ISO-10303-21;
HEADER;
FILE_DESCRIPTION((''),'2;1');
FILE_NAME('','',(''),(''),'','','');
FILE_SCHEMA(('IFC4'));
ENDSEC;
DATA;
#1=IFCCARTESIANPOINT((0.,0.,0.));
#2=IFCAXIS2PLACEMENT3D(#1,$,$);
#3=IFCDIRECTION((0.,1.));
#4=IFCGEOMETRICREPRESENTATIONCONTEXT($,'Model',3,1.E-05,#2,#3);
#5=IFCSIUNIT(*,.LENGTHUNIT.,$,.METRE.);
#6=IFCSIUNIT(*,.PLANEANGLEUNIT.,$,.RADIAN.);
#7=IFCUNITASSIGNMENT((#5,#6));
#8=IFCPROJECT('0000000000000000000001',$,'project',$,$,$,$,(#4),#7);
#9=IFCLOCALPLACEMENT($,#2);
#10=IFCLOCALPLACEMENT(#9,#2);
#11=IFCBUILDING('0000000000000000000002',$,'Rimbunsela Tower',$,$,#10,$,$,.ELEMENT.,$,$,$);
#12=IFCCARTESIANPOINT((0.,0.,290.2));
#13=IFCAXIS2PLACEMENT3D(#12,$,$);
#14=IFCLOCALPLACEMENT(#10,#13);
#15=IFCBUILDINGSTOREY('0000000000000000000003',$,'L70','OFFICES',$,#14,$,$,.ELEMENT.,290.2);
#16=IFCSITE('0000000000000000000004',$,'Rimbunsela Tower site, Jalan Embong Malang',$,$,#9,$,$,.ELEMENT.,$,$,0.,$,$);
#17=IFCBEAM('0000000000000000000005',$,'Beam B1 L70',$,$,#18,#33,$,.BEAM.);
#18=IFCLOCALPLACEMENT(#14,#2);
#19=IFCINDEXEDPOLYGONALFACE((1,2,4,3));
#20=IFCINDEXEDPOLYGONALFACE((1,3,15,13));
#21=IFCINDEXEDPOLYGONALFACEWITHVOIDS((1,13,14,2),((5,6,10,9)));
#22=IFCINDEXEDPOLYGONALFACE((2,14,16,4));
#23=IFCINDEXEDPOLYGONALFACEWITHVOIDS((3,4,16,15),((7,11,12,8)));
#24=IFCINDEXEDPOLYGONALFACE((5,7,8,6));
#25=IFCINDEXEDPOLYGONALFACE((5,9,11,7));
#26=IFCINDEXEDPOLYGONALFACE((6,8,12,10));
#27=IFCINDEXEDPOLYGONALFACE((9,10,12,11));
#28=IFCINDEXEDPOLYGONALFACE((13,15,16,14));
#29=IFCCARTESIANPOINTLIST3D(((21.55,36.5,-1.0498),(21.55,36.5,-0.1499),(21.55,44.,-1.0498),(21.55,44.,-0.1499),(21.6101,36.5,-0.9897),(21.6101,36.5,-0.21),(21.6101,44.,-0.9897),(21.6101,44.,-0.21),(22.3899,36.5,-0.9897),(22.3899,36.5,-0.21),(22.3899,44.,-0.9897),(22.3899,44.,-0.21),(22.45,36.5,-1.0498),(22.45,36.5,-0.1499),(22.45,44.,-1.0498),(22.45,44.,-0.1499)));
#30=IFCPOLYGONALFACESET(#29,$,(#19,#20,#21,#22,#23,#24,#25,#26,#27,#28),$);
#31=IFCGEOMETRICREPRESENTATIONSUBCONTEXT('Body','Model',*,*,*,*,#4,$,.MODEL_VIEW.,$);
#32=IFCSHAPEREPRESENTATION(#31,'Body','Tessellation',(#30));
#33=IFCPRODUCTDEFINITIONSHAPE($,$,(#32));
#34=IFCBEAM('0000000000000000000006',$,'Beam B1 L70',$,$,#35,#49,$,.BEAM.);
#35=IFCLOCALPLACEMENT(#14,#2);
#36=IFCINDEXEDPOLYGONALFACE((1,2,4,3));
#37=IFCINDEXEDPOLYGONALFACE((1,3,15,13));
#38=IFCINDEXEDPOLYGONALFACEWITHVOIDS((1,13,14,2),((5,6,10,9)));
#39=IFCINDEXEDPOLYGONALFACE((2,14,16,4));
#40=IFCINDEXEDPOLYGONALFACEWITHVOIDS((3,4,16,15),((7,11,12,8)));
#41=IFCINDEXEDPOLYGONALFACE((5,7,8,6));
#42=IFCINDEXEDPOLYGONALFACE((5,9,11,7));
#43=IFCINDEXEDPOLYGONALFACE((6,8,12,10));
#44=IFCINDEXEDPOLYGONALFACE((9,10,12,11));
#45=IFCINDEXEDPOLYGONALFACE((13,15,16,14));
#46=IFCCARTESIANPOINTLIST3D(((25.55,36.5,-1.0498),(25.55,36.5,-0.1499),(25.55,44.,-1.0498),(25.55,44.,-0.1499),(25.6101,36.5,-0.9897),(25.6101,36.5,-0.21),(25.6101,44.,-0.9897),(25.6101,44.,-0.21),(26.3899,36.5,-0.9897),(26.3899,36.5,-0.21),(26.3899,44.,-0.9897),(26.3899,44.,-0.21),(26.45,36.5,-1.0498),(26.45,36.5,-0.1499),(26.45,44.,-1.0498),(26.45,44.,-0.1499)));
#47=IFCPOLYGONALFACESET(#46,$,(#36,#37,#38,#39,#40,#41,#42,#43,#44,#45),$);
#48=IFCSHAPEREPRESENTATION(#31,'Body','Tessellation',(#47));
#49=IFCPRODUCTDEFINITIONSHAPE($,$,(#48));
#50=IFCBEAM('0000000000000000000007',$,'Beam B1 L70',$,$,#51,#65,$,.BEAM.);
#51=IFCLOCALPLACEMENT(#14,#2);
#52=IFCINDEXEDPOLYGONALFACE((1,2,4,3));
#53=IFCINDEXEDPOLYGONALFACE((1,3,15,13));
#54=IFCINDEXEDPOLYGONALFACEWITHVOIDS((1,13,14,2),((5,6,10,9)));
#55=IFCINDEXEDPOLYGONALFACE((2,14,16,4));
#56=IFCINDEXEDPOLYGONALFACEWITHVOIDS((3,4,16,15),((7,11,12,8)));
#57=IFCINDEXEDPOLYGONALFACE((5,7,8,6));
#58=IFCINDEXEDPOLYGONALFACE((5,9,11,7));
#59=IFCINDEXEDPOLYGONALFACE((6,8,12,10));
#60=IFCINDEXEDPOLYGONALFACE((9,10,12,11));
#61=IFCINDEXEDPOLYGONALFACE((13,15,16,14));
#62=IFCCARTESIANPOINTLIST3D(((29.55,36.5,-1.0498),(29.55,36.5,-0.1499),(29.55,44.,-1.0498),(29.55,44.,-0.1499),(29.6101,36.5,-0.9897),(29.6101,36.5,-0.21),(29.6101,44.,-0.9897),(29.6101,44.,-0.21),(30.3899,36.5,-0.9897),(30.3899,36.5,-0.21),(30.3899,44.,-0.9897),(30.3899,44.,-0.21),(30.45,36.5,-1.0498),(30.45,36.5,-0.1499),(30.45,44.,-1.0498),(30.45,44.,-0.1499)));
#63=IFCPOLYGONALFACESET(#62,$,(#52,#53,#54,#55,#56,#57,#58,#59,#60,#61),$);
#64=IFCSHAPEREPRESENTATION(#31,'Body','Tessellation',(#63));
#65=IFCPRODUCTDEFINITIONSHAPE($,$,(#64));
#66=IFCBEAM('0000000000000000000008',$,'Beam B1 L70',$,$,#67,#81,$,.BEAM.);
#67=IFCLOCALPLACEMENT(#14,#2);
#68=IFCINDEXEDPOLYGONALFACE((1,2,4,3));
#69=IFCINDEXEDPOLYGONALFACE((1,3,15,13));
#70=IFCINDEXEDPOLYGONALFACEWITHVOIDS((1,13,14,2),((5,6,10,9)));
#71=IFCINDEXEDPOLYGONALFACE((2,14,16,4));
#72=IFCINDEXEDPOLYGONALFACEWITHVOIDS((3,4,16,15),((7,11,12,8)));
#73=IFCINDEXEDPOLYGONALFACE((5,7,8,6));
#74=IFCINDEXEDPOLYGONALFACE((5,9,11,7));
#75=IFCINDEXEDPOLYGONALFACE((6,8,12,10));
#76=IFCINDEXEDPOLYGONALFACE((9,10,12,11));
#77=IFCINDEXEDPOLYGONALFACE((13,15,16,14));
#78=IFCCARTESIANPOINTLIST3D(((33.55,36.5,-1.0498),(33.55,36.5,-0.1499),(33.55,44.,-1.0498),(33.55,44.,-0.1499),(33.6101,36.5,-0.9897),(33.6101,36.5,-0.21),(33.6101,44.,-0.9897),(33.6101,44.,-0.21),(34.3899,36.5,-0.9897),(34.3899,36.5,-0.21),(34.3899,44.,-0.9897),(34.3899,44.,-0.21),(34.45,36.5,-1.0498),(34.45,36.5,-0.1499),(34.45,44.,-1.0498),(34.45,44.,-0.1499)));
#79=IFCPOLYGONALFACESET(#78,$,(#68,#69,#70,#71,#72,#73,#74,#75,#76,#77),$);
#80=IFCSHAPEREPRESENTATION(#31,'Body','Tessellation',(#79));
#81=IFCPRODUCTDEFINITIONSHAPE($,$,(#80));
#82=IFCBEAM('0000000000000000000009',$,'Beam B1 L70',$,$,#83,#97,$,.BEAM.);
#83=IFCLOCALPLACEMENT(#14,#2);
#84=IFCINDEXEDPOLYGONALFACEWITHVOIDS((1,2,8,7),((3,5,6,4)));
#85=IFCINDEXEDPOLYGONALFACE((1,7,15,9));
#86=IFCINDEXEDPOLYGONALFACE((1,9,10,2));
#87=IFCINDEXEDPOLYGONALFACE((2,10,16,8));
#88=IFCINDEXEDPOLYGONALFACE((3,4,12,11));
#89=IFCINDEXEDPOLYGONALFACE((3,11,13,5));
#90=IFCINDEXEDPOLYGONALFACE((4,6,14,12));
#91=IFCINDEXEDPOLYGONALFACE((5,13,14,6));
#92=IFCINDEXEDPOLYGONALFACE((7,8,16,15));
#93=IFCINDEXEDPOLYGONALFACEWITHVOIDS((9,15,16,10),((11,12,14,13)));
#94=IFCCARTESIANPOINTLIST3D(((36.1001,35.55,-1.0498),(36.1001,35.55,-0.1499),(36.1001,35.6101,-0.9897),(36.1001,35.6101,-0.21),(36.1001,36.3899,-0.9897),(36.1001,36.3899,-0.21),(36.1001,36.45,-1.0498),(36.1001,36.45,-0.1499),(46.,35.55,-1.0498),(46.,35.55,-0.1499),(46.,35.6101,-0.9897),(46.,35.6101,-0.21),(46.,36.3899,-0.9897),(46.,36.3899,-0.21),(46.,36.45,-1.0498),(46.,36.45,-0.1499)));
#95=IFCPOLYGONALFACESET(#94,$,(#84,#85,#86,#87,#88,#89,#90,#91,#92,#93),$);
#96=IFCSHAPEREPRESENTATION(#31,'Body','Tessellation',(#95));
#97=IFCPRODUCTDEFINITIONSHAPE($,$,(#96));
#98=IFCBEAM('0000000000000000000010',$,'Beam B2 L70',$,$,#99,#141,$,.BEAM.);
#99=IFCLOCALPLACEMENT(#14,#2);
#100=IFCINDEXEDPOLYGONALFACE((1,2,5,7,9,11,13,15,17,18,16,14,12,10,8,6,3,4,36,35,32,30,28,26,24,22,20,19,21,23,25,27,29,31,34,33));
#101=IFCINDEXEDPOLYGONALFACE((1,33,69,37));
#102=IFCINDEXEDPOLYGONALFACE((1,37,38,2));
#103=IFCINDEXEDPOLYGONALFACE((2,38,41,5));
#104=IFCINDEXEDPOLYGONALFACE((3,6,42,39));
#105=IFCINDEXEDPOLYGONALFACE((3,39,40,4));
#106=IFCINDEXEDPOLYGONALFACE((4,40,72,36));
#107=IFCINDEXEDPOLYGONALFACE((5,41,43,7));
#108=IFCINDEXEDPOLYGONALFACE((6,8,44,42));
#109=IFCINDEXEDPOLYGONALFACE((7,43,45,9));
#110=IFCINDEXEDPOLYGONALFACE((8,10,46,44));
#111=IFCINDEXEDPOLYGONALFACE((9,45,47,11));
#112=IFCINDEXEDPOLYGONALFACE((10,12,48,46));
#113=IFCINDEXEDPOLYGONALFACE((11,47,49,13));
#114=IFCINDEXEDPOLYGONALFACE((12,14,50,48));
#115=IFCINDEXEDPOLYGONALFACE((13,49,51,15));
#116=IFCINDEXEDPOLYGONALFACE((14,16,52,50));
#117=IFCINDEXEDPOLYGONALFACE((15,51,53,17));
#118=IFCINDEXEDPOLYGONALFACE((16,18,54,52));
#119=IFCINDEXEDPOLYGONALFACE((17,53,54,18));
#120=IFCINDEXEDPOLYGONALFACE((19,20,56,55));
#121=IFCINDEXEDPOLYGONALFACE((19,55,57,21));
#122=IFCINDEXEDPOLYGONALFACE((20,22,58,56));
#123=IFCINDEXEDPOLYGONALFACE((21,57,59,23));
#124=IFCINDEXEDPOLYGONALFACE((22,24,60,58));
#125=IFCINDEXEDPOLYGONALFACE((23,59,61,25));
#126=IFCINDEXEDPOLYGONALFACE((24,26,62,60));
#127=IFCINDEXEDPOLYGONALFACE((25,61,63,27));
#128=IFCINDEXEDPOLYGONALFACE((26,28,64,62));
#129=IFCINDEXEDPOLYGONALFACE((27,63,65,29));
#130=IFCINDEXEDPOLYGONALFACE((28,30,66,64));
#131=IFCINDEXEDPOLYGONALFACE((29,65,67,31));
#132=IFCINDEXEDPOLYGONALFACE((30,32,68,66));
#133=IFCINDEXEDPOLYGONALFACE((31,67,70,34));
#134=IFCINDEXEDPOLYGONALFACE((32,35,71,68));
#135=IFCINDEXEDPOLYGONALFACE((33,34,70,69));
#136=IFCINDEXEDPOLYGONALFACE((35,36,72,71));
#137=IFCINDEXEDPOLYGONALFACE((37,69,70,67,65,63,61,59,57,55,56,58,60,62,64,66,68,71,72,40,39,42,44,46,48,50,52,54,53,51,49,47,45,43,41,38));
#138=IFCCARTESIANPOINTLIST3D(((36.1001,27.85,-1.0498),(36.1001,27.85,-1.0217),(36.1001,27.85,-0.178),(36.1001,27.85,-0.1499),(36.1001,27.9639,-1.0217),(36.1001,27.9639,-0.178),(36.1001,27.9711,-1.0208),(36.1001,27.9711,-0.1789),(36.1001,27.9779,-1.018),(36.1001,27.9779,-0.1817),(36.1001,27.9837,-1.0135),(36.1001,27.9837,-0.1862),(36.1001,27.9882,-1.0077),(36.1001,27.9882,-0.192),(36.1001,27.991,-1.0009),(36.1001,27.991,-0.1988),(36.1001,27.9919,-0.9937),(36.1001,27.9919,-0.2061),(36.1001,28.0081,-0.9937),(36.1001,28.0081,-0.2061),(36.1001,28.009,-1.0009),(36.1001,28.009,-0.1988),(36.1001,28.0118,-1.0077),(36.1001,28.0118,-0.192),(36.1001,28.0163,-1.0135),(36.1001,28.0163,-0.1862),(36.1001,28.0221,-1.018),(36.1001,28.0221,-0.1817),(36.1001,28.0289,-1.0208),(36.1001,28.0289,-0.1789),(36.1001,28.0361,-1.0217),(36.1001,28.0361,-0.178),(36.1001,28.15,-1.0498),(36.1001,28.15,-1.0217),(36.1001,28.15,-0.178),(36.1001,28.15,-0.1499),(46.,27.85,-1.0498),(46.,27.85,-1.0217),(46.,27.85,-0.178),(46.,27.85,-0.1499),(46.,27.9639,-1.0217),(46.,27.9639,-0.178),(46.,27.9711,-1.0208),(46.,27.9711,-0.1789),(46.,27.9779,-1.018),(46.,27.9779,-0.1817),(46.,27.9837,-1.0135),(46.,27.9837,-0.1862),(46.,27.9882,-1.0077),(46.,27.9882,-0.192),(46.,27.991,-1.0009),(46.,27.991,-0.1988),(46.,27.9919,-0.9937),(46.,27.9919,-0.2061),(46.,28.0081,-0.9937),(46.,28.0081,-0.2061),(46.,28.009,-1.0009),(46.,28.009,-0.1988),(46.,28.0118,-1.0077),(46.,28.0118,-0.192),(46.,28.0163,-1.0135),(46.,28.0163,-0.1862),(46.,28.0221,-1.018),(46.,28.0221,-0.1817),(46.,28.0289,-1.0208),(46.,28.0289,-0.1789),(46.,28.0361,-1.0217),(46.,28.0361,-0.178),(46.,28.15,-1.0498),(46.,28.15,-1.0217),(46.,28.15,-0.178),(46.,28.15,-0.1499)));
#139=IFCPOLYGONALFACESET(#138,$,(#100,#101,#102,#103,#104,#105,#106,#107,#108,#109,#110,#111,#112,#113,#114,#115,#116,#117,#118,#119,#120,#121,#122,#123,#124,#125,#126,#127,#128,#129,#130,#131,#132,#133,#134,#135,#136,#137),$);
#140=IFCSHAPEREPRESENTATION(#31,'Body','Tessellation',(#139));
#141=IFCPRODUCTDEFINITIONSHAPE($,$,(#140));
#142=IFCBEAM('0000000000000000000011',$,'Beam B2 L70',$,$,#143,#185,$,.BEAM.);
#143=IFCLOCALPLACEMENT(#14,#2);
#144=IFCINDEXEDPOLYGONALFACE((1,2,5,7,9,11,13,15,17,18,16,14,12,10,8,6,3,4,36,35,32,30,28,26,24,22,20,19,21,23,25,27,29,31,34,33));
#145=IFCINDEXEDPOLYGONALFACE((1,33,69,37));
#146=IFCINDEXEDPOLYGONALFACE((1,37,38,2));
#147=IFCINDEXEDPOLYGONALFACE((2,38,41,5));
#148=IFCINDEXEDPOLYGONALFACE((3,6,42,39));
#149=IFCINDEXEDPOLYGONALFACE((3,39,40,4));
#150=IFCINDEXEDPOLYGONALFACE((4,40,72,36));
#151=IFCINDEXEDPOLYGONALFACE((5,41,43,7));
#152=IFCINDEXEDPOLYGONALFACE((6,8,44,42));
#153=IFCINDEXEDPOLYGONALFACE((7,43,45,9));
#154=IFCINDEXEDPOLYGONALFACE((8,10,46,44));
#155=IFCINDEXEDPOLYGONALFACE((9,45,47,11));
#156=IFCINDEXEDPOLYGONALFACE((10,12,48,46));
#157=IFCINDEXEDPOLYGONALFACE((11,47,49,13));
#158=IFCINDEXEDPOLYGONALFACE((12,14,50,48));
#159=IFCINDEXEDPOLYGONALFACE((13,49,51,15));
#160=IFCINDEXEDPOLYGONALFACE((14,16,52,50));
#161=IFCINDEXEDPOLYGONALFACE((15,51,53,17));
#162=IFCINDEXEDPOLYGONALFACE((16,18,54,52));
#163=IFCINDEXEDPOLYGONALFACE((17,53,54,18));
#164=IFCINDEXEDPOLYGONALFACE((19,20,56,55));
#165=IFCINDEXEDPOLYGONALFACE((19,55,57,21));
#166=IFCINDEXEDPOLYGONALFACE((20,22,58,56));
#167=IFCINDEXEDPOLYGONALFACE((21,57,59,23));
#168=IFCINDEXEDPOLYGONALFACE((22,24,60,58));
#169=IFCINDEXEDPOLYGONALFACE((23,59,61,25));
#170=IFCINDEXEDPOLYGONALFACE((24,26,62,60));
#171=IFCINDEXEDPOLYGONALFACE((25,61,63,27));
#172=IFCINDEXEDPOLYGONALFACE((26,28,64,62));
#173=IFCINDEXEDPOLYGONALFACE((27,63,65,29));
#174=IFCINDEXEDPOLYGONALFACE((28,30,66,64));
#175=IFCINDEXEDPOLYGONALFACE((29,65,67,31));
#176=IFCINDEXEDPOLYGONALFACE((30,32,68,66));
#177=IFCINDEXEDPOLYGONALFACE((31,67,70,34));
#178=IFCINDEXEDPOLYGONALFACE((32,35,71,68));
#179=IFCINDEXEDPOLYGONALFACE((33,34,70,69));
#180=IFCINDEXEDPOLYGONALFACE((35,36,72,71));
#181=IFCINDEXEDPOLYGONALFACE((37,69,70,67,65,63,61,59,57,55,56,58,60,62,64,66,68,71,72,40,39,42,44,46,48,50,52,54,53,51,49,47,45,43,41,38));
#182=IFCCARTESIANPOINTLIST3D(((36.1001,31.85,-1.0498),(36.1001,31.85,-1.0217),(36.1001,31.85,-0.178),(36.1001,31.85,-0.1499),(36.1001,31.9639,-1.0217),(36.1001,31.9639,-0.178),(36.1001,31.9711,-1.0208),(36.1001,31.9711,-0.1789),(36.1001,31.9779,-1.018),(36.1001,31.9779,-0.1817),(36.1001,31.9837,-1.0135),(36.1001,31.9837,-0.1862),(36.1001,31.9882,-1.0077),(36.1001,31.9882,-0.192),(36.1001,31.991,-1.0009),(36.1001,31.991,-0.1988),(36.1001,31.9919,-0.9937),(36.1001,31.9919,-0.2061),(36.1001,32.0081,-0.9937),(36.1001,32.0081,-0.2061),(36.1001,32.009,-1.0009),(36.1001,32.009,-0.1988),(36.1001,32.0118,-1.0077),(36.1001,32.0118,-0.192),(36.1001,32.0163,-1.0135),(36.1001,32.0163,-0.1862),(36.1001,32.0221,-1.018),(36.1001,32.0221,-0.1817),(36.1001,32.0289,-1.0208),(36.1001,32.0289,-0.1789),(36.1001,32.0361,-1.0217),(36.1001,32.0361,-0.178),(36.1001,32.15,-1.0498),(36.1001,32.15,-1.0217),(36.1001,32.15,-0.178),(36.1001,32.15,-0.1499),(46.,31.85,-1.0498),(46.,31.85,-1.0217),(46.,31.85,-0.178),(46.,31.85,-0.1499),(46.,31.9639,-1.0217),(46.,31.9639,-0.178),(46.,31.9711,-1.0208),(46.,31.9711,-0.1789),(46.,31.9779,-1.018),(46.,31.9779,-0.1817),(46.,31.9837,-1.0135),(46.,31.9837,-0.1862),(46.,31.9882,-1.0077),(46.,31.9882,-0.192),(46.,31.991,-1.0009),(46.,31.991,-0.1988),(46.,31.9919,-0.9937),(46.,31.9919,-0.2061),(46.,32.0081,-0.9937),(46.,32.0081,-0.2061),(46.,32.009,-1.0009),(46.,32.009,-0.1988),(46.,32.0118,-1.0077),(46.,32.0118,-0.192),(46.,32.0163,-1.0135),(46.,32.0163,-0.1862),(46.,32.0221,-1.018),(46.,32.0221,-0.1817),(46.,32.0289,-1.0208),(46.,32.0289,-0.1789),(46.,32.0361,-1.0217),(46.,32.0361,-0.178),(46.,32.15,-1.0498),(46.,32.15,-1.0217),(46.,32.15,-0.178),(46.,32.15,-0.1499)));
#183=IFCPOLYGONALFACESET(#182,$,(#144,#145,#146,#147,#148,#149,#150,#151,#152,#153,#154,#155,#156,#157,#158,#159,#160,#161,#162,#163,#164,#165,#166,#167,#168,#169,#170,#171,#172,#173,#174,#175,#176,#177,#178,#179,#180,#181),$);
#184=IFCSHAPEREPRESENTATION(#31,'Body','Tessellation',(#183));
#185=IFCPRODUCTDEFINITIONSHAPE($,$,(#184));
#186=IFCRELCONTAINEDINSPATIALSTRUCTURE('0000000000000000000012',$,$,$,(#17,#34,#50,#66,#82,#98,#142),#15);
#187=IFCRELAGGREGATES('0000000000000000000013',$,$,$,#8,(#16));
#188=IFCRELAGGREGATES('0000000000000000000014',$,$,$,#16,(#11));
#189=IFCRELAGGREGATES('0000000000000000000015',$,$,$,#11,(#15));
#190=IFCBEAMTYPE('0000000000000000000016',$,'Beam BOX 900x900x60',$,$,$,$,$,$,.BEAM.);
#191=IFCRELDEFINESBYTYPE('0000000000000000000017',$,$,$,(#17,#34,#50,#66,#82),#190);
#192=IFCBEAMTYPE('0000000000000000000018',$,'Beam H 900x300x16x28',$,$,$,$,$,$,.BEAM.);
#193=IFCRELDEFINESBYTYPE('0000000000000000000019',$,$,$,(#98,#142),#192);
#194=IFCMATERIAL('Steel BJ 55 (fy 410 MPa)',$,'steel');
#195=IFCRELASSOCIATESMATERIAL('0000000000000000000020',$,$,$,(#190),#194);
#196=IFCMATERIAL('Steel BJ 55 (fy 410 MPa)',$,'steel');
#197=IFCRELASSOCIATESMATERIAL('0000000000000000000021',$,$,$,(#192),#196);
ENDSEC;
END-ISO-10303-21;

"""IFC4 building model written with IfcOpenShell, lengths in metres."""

from ifc_helpers import new_model, si_unit, direction, frame, origin, origin_2d, place, context, subcontext, project, spatial, hollow_rectangle, i_section, extrude, material, material_profile, profile_set, type_object, element, save


model = new_model("IFC4")

# Units and contexts
model_context = context("Model", 3, precision=1e-05, world=origin(), true_north=direction((0.0, 1.0)))
body_context = subcontext(model_context, "Body", "Model", "MODEL_VIEW")
ifc_project = project(units=[si_unit("LENGTHUNIT", "METRE"), si_unit("PLANEANGLEUNIT", "RADIAN")], contexts=[model_context])

# Site, building, storey
site_placement = place(None, origin())
site = spatial("IfcSite", under=ifc_project, at=site_placement, Name="Rimbunsela Tower site, Jalan Embong Malang", CompositionType="ELEMENT", RefElevation=0.0)
building_placement = place(site_placement, origin())
building = spatial("IfcBuilding", under=site, at=building_placement, Name="Rimbunsela Tower", CompositionType="ELEMENT")
storey_placement = place(building_placement, frame((0.0, 0.0, 290.2)))
storey = spatial("IfcBuildingStorey", under=building, at=storey_placement, Name="L70", Description="OFFICES", CompositionType="ELEMENT", Elevation=290.2)

# Beams
ifc_material_1 = material(Name="Steel BJ 55 (fy 410 MPa)", Category="steel")
ifc_material_profile_1 = material_profile(ifc_material_1, hollow_rectangle(XDim=0.8999, YDim=0.8999, WallThickness=0.0601, at=origin_2d()), Name="BOX 900x900x60")
ifc_profile_set_1 = profile_set([ifc_material_profile_1], Name="Steel BJ 55 (fy 410 MPa)")
beam_type_1 = type_object("IfcBeamType", Name="Beam BOX 900x900x60", PredefinedType="BEAM", material=ifc_profile_set_1)
for number, where, z_axis, x_axis, name in (
    (1, (22.0, 36.5, -0.5999), (0.0, 1.0, 0.0), (-1.0, 0.0, 0.0), "Beam B1 L70"),
    (2, (26.0, 36.5, -0.5999), (0.0, 1.0, 0.0), (-1.0, 0.0, 0.0), "Beam B1 L70"),
    (3, (30.0, 36.5, -0.5999), (0.0, 1.0, 0.0), (-1.0, 0.0, 0.0), "Beam B1 L70"),
    (4, (34.0, 36.5, -0.5999), (0.0, 1.0, 0.0), (-1.0, 0.0, 0.0), "Beam B1 L70"),
):
    element("IfcBeam", number, at=place(storey_placement, frame(where, z_axis=z_axis, x_axis=x_axis)), inside=storey, type_object=beam_type_1, Name=name, PredefinedType="BEAM", context=body_context, shape_type="SweptSolid", body=[
        extrude(hollow_rectangle(XDim=0.8999, YDim=0.8999, WallThickness=0.0601, at=origin_2d()), origin(), (0.0, 0.0, 1.0), 7.5),
    ])
beam_placement = place(storey_placement, frame((36.1001, 36.0, -0.5999), z_axis=(1.0, 0.0, 0.0), x_axis=(0.0, 1.0, 0.0)))
element("IfcBeam", 5, at=beam_placement, inside=storey, type_object=beam_type_1, Name="Beam B1 L70", PredefinedType="BEAM", context=body_context, shape_type="SweptSolid", body=[
    extrude(hollow_rectangle(XDim=0.8999, YDim=0.8999, WallThickness=0.0601, at=origin_2d()), origin(), (0.0, 0.0, 1.0), 9.8999),
])
ifc_material_2 = material(Name="Steel BJ 55 (fy 410 MPa)", Category="steel")
ifc_material_profile_2 = material_profile(ifc_material_2, i_section(OverallWidth=0.3, OverallDepth=0.8999, WebThickness=0.0161, FlangeThickness=0.0281, FilletRadius=0.0281, at=origin_2d()), Name="H 900x300x16x28")
ifc_profile_set_2 = profile_set([ifc_material_profile_2], Name="Steel BJ 55 (fy 410 MPa)")
beam_type_2 = type_object("IfcBeamType", Name="Beam H 900x300x16x28", PredefinedType="BEAM", material=ifc_profile_set_2)
for number, where, z_axis, x_axis, name in (
    (6, (36.1001, 28.0, -0.5999), (1.0, 0.0, 0.0), (0.0, 1.0, 0.0), "Beam B2 L70"),
    (7, (36.1001, 32.0, -0.5999), (1.0, 0.0, 0.0), (0.0, 1.0, 0.0), "Beam B2 L70"),
):
    element("IfcBeam", number, at=place(storey_placement, frame(where, z_axis=z_axis, x_axis=x_axis)), inside=storey, type_object=beam_type_2, Name=name, PredefinedType="BEAM", context=body_context, shape_type="SweptSolid", body=[
        extrude(i_section(OverallWidth=0.3, OverallDepth=0.8999, WebThickness=0.0161, FlangeThickness=0.0281, FilletRadius=0.0281, at=origin_2d()), origin(), (0.0, 0.0, 1.0), 9.8999),
    ])

save(model, "model.ifc")
